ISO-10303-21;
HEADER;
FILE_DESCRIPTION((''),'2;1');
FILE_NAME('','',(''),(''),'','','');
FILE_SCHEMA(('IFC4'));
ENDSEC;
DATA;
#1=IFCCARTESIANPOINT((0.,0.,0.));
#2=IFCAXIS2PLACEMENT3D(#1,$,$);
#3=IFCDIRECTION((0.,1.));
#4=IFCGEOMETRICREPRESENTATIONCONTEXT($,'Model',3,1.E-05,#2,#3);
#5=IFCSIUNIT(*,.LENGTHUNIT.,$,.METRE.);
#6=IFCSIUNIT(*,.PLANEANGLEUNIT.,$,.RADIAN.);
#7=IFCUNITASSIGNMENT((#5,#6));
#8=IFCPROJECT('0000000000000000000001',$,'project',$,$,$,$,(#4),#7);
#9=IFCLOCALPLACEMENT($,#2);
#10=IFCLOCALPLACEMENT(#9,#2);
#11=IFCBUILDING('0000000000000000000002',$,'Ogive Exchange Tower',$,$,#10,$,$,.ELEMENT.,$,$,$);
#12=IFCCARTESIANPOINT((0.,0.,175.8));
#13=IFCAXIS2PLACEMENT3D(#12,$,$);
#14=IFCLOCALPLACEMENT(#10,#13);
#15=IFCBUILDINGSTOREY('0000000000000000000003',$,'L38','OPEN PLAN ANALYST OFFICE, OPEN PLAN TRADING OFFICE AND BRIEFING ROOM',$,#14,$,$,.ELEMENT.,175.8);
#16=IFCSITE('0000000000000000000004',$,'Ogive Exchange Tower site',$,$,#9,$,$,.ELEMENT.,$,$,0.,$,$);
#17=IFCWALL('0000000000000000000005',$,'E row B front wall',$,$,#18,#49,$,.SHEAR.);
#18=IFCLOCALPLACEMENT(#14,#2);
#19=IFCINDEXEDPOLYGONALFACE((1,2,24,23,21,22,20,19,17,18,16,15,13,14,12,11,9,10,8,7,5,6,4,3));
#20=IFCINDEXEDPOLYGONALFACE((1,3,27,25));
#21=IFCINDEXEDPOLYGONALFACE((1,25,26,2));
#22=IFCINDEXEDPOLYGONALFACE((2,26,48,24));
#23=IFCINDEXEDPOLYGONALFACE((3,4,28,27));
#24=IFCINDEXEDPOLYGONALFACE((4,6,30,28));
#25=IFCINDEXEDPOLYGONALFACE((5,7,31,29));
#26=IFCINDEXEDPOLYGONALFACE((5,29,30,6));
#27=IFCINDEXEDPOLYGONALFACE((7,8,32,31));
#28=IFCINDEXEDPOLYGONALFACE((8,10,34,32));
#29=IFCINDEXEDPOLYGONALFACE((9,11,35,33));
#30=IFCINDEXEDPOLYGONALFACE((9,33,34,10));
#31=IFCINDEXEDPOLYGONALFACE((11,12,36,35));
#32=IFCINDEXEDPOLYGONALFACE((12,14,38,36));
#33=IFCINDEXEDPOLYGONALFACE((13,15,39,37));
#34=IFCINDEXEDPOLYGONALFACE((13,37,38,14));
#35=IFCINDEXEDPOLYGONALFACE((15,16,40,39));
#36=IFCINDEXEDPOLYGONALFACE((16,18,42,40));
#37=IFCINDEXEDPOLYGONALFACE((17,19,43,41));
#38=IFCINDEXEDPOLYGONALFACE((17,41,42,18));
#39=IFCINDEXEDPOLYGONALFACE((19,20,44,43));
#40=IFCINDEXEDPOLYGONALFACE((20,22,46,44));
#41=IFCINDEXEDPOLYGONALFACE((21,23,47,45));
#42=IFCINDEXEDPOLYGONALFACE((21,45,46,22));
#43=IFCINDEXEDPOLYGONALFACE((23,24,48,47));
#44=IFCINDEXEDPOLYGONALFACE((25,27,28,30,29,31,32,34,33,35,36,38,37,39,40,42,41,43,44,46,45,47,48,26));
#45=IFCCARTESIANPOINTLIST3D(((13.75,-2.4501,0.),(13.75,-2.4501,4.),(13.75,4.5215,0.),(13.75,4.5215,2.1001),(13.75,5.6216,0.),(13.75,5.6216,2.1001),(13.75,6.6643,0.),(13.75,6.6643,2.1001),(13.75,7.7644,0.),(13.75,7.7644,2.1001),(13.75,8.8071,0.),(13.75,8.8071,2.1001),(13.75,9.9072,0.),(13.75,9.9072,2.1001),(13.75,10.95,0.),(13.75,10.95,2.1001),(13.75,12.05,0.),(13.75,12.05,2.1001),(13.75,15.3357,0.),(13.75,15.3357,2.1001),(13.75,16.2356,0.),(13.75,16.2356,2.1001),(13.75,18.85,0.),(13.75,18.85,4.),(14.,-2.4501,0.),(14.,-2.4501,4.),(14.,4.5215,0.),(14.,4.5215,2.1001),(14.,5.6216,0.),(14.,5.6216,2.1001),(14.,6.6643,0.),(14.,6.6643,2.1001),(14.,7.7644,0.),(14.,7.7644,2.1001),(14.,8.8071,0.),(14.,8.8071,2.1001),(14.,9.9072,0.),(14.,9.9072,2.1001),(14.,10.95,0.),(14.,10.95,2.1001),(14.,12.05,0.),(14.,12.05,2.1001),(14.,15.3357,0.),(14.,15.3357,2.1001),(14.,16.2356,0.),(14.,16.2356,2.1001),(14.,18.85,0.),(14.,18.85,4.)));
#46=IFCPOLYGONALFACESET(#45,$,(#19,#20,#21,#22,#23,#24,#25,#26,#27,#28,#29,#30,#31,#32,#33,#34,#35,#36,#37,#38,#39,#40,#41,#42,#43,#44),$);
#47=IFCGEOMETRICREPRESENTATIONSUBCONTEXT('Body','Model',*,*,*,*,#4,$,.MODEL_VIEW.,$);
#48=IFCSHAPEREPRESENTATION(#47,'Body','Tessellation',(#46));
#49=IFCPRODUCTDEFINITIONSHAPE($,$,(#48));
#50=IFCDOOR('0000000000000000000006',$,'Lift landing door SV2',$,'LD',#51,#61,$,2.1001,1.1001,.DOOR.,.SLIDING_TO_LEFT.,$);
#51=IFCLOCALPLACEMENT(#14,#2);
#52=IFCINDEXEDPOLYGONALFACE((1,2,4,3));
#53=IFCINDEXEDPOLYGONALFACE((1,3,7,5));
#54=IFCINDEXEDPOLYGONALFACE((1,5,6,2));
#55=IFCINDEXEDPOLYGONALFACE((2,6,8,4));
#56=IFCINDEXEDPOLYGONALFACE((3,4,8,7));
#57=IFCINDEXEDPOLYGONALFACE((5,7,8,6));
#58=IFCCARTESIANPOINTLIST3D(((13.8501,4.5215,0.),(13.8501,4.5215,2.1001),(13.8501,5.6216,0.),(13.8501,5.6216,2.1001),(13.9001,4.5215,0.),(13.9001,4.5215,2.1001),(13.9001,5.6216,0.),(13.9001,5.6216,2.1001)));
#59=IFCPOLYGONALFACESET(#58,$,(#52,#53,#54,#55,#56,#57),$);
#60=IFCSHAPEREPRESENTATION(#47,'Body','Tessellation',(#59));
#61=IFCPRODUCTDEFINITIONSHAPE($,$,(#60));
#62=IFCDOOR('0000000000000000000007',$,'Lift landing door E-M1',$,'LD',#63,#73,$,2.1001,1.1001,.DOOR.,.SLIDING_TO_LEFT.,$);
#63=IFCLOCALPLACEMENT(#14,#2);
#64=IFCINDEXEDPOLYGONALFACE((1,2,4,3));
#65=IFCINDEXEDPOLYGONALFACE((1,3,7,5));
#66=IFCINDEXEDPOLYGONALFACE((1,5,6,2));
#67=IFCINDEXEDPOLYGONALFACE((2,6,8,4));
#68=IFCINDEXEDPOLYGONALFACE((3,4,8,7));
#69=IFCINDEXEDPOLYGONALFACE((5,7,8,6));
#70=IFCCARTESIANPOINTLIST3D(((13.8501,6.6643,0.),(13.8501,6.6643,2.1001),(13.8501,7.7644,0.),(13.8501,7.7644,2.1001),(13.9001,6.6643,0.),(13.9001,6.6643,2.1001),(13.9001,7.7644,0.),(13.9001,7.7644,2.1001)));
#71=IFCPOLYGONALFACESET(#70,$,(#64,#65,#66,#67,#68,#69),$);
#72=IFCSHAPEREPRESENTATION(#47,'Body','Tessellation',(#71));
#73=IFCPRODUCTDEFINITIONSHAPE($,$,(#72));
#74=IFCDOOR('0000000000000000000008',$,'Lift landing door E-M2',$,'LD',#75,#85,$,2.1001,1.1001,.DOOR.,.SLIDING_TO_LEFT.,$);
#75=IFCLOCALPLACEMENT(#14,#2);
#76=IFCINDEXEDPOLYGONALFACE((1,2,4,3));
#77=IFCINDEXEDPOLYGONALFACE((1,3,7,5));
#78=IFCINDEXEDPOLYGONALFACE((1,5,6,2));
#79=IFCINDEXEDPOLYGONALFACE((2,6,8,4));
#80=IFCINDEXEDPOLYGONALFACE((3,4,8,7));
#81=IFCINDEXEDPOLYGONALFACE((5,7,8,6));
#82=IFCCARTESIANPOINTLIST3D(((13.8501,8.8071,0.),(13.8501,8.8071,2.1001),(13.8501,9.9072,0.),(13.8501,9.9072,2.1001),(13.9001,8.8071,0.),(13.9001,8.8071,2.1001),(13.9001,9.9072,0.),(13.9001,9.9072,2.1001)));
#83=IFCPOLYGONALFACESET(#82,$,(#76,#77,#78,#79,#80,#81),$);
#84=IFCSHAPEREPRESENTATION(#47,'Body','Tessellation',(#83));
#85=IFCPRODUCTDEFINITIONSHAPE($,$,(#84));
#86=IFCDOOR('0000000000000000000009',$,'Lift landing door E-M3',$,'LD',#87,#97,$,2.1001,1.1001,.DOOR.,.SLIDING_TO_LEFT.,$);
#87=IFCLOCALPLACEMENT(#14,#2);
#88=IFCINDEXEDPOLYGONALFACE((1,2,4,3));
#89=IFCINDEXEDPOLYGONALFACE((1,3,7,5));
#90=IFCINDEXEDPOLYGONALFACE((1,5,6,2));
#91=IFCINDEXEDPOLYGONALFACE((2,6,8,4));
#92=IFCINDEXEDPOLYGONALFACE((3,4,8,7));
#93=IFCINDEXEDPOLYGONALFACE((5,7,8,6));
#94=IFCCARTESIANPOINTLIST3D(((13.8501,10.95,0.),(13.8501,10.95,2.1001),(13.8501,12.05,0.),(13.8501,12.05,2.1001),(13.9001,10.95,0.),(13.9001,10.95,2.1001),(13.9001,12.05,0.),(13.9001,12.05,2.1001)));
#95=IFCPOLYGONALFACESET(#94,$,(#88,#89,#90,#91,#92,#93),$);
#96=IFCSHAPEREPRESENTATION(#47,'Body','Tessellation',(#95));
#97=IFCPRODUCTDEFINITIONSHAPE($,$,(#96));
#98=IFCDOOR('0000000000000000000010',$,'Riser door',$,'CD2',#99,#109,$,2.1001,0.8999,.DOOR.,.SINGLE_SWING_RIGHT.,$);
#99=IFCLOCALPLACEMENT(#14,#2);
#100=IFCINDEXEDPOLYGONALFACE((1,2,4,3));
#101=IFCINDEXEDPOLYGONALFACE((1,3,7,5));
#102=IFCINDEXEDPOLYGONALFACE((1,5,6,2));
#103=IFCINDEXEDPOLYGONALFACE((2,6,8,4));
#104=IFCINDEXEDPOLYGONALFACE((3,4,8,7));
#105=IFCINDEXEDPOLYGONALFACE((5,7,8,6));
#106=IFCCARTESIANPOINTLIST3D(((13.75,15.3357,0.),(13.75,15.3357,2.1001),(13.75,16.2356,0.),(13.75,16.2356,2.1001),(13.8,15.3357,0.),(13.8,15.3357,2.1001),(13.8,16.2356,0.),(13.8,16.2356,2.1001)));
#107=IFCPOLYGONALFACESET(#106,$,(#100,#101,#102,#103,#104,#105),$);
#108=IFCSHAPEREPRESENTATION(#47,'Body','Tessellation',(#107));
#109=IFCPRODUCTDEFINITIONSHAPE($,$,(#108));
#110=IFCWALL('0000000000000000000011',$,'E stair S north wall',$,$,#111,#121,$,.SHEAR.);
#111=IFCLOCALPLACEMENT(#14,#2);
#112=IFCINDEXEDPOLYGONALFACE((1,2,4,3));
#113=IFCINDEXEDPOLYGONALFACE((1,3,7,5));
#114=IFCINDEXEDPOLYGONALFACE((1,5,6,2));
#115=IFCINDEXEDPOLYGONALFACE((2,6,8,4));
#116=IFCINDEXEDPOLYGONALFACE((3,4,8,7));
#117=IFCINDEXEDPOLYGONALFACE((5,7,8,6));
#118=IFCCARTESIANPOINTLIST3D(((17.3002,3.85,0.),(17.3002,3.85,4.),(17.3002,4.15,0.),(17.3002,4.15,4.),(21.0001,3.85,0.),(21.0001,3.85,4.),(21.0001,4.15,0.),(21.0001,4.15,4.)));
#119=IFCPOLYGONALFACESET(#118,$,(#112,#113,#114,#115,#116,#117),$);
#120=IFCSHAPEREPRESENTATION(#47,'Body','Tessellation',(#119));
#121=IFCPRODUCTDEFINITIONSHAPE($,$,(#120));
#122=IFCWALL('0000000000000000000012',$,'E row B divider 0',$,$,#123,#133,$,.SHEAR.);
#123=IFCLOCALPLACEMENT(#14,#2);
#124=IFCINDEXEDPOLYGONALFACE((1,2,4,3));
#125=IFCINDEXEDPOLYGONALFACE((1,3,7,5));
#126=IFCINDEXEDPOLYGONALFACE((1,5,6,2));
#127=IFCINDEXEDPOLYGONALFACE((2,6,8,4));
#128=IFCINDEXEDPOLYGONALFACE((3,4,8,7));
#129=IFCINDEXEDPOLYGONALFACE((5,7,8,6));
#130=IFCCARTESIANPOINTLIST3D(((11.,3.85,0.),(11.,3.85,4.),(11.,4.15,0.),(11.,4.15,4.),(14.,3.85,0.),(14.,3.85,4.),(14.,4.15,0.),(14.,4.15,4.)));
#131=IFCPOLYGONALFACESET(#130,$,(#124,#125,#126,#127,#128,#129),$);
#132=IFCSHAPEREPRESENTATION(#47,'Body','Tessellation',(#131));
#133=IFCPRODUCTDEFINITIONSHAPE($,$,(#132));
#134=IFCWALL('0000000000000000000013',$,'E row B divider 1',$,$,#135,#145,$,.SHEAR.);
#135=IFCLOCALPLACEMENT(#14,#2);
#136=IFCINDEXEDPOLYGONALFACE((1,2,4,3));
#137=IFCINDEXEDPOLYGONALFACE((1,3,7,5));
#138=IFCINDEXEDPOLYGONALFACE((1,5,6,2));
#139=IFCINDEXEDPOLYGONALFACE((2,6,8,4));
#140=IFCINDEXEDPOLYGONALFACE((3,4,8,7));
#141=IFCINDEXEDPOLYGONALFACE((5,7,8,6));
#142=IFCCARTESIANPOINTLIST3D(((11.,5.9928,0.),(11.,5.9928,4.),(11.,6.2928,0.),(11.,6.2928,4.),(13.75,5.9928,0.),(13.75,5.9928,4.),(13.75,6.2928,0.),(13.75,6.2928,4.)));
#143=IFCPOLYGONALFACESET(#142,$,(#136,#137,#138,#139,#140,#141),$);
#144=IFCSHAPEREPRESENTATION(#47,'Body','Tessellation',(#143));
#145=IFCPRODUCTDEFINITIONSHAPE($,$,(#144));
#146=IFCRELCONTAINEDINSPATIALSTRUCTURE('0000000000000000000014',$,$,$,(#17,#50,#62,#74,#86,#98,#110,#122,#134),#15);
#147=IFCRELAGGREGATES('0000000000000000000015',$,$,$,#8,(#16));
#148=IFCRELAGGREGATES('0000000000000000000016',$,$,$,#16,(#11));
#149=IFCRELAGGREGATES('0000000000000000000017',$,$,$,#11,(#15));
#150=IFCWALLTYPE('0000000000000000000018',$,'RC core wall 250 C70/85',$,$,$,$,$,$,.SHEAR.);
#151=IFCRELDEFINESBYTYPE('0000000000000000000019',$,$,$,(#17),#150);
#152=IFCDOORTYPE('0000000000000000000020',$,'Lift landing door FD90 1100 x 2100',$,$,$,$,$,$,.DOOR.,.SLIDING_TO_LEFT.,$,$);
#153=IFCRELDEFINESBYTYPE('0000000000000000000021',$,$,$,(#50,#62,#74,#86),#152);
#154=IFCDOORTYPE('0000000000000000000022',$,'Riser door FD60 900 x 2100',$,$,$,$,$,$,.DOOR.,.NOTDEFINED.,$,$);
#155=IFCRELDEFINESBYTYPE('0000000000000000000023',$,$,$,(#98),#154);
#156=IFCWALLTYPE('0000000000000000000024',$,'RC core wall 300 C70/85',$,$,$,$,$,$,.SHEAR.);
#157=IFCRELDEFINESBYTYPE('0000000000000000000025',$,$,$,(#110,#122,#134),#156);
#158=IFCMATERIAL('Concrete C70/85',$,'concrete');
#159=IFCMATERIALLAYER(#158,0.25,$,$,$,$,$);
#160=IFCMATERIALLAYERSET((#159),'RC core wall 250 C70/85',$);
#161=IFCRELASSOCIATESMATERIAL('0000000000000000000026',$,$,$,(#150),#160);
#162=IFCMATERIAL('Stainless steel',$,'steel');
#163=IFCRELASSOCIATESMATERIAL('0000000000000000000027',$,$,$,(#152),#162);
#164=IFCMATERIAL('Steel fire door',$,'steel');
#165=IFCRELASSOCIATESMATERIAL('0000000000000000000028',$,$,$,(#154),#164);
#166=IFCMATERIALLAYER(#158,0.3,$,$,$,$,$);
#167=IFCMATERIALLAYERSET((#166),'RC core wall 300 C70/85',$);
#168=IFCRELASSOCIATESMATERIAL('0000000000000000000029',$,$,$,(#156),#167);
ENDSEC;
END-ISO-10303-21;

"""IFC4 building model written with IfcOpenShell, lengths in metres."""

from ifc_helpers import new_model, si_unit, direction, frame, frame_2d, origin, place, context, subcontext, project, spatial, rectangle, extrude, material, layer, layer_set, type_object, element, fill, save


model = new_model("IFC4")

# Units and contexts
model_context = context("Model", 3, precision=1e-05, world=origin(), true_north=direction((0.0, 1.0)))
body_context = subcontext(model_context, "Body", "Model", "MODEL_VIEW")
ifc_project = project(units=[si_unit("LENGTHUNIT", "METRE"), si_unit("PLANEANGLEUNIT", "RADIAN")], contexts=[model_context])

# Site, building, storey
site_placement = place(None, origin())
site = spatial("IfcSite", under=ifc_project, at=site_placement, Name="Ogive Exchange Tower site", CompositionType="ELEMENT", RefElevation=0.0)
building_placement = place(site_placement, origin())
building = spatial("IfcBuilding", under=site, at=building_placement, Name="Ogive Exchange Tower", CompositionType="ELEMENT")
storey_placement = place(building_placement, frame((0.0, 0.0, 175.8)))
storey = spatial("IfcBuildingStorey", under=building, at=storey_placement, Name="L38", Description="OPEN PLAN ANALYST OFFICE, OPEN PLAN TRADING OFFICE AND BRIEFING ROOM", CompositionType="ELEMENT", Elevation=175.8)

# Shared definitions
ifc_material_1 = material(Name="Concrete C70/85", Category="concrete")

# Shared definitions
ifc_material_2 = material(Name="Steel fire door", Category="steel")
ifc_layer_1 = layer(ifc_material_1, 0.25)
ifc_layer_set_1 = layer_set([ifc_layer_1], Name="RC core wall 250 C70/85")
wall_type_1 = type_object("IfcWallType", Name="RC core wall 250 C70/85", PredefinedType="SHEAR", material=ifc_layer_set_1)

# Wall, openings, doors
wall_1_placement = place(storey_placement, frame((13.875, -2.45, 0.0), z_axis=(0.0, 0.0, 1.0), x_axis=(0.0, 1.0, 0.0)))
wall_1 = element("IfcWall", 1, at=wall_1_placement, inside=storey, type_object=wall_type_1, Name="E row B front wall", PredefinedType="SHEAR", context=body_context, shape_type="SweptSolid", body=[
    extrude(rectangle(XDim=21.3, YDim=0.25, at=frame_2d((10.6499, 0.0))), origin(), (0.0, 0.0, 1.0), 4.0),
])
opening_1_placement = place(wall_1_placement, frame((17.7856, 0.0, 0.0)))
opening_1 = element("IfcOpeningElement", 2, at=opening_1_placement, cuts=wall_1, PredefinedType="OPENING", context=body_context, shape_type="SweptSolid", body=[
    extrude(rectangle(XDim=0.8999, YDim=2.1001, at=frame_2d((0.45, 1.05))), frame((0.0, 0.135, 0.0), z_axis=(0.0, -1.0, 0.0), x_axis=(1.0, 0.0, 0.0)), (0.0, 0.0, 1.0), 0.27),
])
opening_2_placement = place(wall_1_placement, frame((6.9714, 0.0, 0.0)))
opening_2 = element("IfcOpeningElement", 3, at=opening_2_placement, cuts=wall_1, PredefinedType="OPENING", context=body_context, shape_type="SweptSolid", body=[
    extrude(rectangle(XDim=1.1001, YDim=2.1001, at=frame_2d((0.55, 1.05))), frame((0.0, 0.135, 0.0), z_axis=(0.0, -1.0, 0.0), x_axis=(1.0, 0.0, 0.0)), (0.0, 0.0, 1.0), 0.27),
])
opening_3_placement = place(wall_1_placement, frame((9.1143, 0.0, 0.0)))
opening_3 = element("IfcOpeningElement", 4, at=opening_3_placement, cuts=wall_1, PredefinedType="OPENING", context=body_context, shape_type="SweptSolid", body=[
    extrude(rectangle(XDim=1.1001, YDim=2.1001, at=frame_2d((0.55, 1.05))), frame((0.0, 0.135, 0.0), z_axis=(0.0, -1.0, 0.0), x_axis=(1.0, 0.0, 0.0)), (0.0, 0.0, 1.0), 0.27),
])
opening_4_placement = place(wall_1_placement, frame((11.2571, 0.0, 0.0)))
opening_4 = element("IfcOpeningElement", 5, at=opening_4_placement, cuts=wall_1, PredefinedType="OPENING", context=body_context, shape_type="SweptSolid", body=[
    extrude(rectangle(XDim=1.1001, YDim=2.1001, at=frame_2d((0.55, 1.05))), frame((0.0, 0.135, 0.0), z_axis=(0.0, -1.0, 0.0), x_axis=(1.0, 0.0, 0.0)), (0.0, 0.0, 1.0), 0.27),
])
opening_5_placement = place(wall_1_placement, frame((13.3999, 0.0, 0.0)))
opening_5 = element("IfcOpeningElement", 6, at=opening_5_placement, cuts=wall_1, PredefinedType="OPENING", context=body_context, shape_type="SweptSolid", body=[
    extrude(rectangle(XDim=1.1001, YDim=2.1001, at=frame_2d((0.55, 1.05))), frame((0.0, 0.135, 0.0), z_axis=(0.0, -1.0, 0.0), x_axis=(1.0, 0.0, 0.0)), (0.0, 0.0, 1.0), 0.27),
])
ifc_material_3 = material(Name="Stainless steel", Category="steel")
door_type_1 = type_object("IfcDoorType", Name="Lift landing door FD90 1100 x 2100", OperationType="SLIDING_TO_LEFT", PredefinedType="DOOR", material=ifc_material_3)
door_1_placement = place(opening_2_placement, origin())
door_1 = element("IfcDoor", 7, at=door_1_placement, inside=storey, type_object=door_type_1, Name="Lift landing door SV2", ObjectType="LD", OperationType="SLIDING_TO_LEFT", OverallHeight=2.1001, OverallWidth=1.1001, PredefinedType="DOOR", context=body_context, shape_type="SweptSolid", body=[
    extrude(rectangle(XDim=1.1001, YDim=2.1001, at=frame_2d((0.55, 1.05))), frame((0.0, 0.0249, 0.0), z_axis=(0.0, -1.0, 0.0), x_axis=(1.0, 0.0, 0.0)), (0.0, 0.0, 1.0), 0.05),
])
fill(opening_2, door_1)
door_2_placement = place(opening_3_placement, origin())
door_2 = element("IfcDoor", 8, at=door_2_placement, inside=storey, type_object=door_type_1, Name="Lift landing door E-M1", ObjectType="LD", OperationType="SLIDING_TO_LEFT", OverallHeight=2.1001, OverallWidth=1.1001, PredefinedType="DOOR", context=body_context, shape_type="SweptSolid", body=[
    extrude(rectangle(XDim=1.1001, YDim=2.1001, at=frame_2d((0.55, 1.05))), frame((0.0, 0.0249, 0.0), z_axis=(0.0, -1.0, 0.0), x_axis=(1.0, 0.0, 0.0)), (0.0, 0.0, 1.0), 0.05),
])
fill(opening_3, door_2)
door_3_placement = place(opening_4_placement, origin())
door_3 = element("IfcDoor", 9, at=door_3_placement, inside=storey, type_object=door_type_1, Name="Lift landing door E-M2", ObjectType="LD", OperationType="SLIDING_TO_LEFT", OverallHeight=2.1001, OverallWidth=1.1001, PredefinedType="DOOR", context=body_context, shape_type="SweptSolid", body=[
    extrude(rectangle(XDim=1.1001, YDim=2.1001, at=frame_2d((0.55, 1.05))), frame((0.0, 0.0249, 0.0), z_axis=(0.0, -1.0, 0.0), x_axis=(1.0, 0.0, 0.0)), (0.0, 0.0, 1.0), 0.05),
])
fill(opening_4, door_3)
door_4_placement = place(opening_5_placement, origin())
door_4 = element("IfcDoor", 10, at=door_4_placement, inside=storey, type_object=door_type_1, Name="Lift landing door E-M3", ObjectType="LD", OperationType="SLIDING_TO_LEFT", OverallHeight=2.1001, OverallWidth=1.1001, PredefinedType="DOOR", context=body_context, shape_type="SweptSolid", body=[
    extrude(rectangle(XDim=1.1001, YDim=2.1001, at=frame_2d((0.55, 1.05))), frame((0.0, 0.0249, 0.0), z_axis=(0.0, -1.0, 0.0), x_axis=(1.0, 0.0, 0.0)), (0.0, 0.0, 1.0), 0.05),
])
fill(opening_5, door_4)
door_type_2 = type_object("IfcDoorType", Name="Riser door FD60 900 x 2100", OperationType="NOTDEFINED", PredefinedType="DOOR", material=ifc_material_2)
door_5_placement = place(opening_1_placement, origin())
door_5 = element("IfcDoor", 11, at=door_5_placement, inside=storey, type_object=door_type_2, Name="Riser door", ObjectType="CD2", OperationType="SINGLE_SWING_RIGHT", OverallHeight=2.1001, OverallWidth=0.8999, PredefinedType="DOOR", context=body_context, shape_type="SweptSolid", body=[
    extrude(rectangle(XDim=0.8999, YDim=2.1001, at=frame_2d((0.45, 1.05))), frame((0.0, 0.125, 0.0), z_axis=(0.0, -1.0, 0.0), x_axis=(1.0, 0.0, 0.0)), (0.0, 0.0, 1.0), 0.05),
])
fill(opening_1, door_5)

# Walls
ifc_layer_2 = layer(ifc_material_1, 0.3)
ifc_layer_set_2 = layer_set([ifc_layer_2], Name="RC core wall 300 C70/85")
wall_type_2 = type_object("IfcWallType", Name="RC core wall 300 C70/85", PredefinedType="SHEAR", material=ifc_layer_set_2)
wall_2_placement = place(storey_placement, frame((17.3, 4.0, 0.0), z_axis=(0.0, 0.0, 1.0), x_axis=(1.0, 0.0, 0.0)))
element("IfcWall", 12, at=wall_2_placement, inside=storey, type_object=wall_type_2, Name="E stair S north wall", PredefinedType="SHEAR", context=body_context, shape_type="SweptSolid", body=[
    extrude(rectangle(XDim=3.7, YDim=0.3, at=frame_2d((1.8501, 0.0))), origin(), (0.0, 0.0, 1.0), 4.0),
])
wall_3_placement = place(storey_placement, frame((11.0, 4.0, 0.0), z_axis=(0.0, 0.0, 1.0), x_axis=(1.0, 0.0, 0.0)))
element("IfcWall", 13, at=wall_3_placement, inside=storey, type_object=wall_type_2, Name="E row B divider 0", PredefinedType="SHEAR", context=body_context, shape_type="SweptSolid", body=[
    extrude(rectangle(XDim=3.0, YDim=0.3, at=frame_2d((1.5, 0.0))), origin(), (0.0, 0.0, 1.0), 4.0),
])
wall_4_placement = place(storey_placement, frame((11.0, 6.1428, 0.0), z_axis=(0.0, 0.0, 1.0), x_axis=(1.0, 0.0, 0.0)))
element("IfcWall", 14, at=wall_4_placement, inside=storey, type_object=wall_type_2, Name="E row B divider 1", PredefinedType="SHEAR", context=body_context, shape_type="SweptSolid", body=[
    extrude(rectangle(XDim=2.75, YDim=0.3, at=frame_2d((1.375, 0.0))), origin(), (0.0, 0.0, 1.0), 4.0),
])

save(model, "model.ifc")
